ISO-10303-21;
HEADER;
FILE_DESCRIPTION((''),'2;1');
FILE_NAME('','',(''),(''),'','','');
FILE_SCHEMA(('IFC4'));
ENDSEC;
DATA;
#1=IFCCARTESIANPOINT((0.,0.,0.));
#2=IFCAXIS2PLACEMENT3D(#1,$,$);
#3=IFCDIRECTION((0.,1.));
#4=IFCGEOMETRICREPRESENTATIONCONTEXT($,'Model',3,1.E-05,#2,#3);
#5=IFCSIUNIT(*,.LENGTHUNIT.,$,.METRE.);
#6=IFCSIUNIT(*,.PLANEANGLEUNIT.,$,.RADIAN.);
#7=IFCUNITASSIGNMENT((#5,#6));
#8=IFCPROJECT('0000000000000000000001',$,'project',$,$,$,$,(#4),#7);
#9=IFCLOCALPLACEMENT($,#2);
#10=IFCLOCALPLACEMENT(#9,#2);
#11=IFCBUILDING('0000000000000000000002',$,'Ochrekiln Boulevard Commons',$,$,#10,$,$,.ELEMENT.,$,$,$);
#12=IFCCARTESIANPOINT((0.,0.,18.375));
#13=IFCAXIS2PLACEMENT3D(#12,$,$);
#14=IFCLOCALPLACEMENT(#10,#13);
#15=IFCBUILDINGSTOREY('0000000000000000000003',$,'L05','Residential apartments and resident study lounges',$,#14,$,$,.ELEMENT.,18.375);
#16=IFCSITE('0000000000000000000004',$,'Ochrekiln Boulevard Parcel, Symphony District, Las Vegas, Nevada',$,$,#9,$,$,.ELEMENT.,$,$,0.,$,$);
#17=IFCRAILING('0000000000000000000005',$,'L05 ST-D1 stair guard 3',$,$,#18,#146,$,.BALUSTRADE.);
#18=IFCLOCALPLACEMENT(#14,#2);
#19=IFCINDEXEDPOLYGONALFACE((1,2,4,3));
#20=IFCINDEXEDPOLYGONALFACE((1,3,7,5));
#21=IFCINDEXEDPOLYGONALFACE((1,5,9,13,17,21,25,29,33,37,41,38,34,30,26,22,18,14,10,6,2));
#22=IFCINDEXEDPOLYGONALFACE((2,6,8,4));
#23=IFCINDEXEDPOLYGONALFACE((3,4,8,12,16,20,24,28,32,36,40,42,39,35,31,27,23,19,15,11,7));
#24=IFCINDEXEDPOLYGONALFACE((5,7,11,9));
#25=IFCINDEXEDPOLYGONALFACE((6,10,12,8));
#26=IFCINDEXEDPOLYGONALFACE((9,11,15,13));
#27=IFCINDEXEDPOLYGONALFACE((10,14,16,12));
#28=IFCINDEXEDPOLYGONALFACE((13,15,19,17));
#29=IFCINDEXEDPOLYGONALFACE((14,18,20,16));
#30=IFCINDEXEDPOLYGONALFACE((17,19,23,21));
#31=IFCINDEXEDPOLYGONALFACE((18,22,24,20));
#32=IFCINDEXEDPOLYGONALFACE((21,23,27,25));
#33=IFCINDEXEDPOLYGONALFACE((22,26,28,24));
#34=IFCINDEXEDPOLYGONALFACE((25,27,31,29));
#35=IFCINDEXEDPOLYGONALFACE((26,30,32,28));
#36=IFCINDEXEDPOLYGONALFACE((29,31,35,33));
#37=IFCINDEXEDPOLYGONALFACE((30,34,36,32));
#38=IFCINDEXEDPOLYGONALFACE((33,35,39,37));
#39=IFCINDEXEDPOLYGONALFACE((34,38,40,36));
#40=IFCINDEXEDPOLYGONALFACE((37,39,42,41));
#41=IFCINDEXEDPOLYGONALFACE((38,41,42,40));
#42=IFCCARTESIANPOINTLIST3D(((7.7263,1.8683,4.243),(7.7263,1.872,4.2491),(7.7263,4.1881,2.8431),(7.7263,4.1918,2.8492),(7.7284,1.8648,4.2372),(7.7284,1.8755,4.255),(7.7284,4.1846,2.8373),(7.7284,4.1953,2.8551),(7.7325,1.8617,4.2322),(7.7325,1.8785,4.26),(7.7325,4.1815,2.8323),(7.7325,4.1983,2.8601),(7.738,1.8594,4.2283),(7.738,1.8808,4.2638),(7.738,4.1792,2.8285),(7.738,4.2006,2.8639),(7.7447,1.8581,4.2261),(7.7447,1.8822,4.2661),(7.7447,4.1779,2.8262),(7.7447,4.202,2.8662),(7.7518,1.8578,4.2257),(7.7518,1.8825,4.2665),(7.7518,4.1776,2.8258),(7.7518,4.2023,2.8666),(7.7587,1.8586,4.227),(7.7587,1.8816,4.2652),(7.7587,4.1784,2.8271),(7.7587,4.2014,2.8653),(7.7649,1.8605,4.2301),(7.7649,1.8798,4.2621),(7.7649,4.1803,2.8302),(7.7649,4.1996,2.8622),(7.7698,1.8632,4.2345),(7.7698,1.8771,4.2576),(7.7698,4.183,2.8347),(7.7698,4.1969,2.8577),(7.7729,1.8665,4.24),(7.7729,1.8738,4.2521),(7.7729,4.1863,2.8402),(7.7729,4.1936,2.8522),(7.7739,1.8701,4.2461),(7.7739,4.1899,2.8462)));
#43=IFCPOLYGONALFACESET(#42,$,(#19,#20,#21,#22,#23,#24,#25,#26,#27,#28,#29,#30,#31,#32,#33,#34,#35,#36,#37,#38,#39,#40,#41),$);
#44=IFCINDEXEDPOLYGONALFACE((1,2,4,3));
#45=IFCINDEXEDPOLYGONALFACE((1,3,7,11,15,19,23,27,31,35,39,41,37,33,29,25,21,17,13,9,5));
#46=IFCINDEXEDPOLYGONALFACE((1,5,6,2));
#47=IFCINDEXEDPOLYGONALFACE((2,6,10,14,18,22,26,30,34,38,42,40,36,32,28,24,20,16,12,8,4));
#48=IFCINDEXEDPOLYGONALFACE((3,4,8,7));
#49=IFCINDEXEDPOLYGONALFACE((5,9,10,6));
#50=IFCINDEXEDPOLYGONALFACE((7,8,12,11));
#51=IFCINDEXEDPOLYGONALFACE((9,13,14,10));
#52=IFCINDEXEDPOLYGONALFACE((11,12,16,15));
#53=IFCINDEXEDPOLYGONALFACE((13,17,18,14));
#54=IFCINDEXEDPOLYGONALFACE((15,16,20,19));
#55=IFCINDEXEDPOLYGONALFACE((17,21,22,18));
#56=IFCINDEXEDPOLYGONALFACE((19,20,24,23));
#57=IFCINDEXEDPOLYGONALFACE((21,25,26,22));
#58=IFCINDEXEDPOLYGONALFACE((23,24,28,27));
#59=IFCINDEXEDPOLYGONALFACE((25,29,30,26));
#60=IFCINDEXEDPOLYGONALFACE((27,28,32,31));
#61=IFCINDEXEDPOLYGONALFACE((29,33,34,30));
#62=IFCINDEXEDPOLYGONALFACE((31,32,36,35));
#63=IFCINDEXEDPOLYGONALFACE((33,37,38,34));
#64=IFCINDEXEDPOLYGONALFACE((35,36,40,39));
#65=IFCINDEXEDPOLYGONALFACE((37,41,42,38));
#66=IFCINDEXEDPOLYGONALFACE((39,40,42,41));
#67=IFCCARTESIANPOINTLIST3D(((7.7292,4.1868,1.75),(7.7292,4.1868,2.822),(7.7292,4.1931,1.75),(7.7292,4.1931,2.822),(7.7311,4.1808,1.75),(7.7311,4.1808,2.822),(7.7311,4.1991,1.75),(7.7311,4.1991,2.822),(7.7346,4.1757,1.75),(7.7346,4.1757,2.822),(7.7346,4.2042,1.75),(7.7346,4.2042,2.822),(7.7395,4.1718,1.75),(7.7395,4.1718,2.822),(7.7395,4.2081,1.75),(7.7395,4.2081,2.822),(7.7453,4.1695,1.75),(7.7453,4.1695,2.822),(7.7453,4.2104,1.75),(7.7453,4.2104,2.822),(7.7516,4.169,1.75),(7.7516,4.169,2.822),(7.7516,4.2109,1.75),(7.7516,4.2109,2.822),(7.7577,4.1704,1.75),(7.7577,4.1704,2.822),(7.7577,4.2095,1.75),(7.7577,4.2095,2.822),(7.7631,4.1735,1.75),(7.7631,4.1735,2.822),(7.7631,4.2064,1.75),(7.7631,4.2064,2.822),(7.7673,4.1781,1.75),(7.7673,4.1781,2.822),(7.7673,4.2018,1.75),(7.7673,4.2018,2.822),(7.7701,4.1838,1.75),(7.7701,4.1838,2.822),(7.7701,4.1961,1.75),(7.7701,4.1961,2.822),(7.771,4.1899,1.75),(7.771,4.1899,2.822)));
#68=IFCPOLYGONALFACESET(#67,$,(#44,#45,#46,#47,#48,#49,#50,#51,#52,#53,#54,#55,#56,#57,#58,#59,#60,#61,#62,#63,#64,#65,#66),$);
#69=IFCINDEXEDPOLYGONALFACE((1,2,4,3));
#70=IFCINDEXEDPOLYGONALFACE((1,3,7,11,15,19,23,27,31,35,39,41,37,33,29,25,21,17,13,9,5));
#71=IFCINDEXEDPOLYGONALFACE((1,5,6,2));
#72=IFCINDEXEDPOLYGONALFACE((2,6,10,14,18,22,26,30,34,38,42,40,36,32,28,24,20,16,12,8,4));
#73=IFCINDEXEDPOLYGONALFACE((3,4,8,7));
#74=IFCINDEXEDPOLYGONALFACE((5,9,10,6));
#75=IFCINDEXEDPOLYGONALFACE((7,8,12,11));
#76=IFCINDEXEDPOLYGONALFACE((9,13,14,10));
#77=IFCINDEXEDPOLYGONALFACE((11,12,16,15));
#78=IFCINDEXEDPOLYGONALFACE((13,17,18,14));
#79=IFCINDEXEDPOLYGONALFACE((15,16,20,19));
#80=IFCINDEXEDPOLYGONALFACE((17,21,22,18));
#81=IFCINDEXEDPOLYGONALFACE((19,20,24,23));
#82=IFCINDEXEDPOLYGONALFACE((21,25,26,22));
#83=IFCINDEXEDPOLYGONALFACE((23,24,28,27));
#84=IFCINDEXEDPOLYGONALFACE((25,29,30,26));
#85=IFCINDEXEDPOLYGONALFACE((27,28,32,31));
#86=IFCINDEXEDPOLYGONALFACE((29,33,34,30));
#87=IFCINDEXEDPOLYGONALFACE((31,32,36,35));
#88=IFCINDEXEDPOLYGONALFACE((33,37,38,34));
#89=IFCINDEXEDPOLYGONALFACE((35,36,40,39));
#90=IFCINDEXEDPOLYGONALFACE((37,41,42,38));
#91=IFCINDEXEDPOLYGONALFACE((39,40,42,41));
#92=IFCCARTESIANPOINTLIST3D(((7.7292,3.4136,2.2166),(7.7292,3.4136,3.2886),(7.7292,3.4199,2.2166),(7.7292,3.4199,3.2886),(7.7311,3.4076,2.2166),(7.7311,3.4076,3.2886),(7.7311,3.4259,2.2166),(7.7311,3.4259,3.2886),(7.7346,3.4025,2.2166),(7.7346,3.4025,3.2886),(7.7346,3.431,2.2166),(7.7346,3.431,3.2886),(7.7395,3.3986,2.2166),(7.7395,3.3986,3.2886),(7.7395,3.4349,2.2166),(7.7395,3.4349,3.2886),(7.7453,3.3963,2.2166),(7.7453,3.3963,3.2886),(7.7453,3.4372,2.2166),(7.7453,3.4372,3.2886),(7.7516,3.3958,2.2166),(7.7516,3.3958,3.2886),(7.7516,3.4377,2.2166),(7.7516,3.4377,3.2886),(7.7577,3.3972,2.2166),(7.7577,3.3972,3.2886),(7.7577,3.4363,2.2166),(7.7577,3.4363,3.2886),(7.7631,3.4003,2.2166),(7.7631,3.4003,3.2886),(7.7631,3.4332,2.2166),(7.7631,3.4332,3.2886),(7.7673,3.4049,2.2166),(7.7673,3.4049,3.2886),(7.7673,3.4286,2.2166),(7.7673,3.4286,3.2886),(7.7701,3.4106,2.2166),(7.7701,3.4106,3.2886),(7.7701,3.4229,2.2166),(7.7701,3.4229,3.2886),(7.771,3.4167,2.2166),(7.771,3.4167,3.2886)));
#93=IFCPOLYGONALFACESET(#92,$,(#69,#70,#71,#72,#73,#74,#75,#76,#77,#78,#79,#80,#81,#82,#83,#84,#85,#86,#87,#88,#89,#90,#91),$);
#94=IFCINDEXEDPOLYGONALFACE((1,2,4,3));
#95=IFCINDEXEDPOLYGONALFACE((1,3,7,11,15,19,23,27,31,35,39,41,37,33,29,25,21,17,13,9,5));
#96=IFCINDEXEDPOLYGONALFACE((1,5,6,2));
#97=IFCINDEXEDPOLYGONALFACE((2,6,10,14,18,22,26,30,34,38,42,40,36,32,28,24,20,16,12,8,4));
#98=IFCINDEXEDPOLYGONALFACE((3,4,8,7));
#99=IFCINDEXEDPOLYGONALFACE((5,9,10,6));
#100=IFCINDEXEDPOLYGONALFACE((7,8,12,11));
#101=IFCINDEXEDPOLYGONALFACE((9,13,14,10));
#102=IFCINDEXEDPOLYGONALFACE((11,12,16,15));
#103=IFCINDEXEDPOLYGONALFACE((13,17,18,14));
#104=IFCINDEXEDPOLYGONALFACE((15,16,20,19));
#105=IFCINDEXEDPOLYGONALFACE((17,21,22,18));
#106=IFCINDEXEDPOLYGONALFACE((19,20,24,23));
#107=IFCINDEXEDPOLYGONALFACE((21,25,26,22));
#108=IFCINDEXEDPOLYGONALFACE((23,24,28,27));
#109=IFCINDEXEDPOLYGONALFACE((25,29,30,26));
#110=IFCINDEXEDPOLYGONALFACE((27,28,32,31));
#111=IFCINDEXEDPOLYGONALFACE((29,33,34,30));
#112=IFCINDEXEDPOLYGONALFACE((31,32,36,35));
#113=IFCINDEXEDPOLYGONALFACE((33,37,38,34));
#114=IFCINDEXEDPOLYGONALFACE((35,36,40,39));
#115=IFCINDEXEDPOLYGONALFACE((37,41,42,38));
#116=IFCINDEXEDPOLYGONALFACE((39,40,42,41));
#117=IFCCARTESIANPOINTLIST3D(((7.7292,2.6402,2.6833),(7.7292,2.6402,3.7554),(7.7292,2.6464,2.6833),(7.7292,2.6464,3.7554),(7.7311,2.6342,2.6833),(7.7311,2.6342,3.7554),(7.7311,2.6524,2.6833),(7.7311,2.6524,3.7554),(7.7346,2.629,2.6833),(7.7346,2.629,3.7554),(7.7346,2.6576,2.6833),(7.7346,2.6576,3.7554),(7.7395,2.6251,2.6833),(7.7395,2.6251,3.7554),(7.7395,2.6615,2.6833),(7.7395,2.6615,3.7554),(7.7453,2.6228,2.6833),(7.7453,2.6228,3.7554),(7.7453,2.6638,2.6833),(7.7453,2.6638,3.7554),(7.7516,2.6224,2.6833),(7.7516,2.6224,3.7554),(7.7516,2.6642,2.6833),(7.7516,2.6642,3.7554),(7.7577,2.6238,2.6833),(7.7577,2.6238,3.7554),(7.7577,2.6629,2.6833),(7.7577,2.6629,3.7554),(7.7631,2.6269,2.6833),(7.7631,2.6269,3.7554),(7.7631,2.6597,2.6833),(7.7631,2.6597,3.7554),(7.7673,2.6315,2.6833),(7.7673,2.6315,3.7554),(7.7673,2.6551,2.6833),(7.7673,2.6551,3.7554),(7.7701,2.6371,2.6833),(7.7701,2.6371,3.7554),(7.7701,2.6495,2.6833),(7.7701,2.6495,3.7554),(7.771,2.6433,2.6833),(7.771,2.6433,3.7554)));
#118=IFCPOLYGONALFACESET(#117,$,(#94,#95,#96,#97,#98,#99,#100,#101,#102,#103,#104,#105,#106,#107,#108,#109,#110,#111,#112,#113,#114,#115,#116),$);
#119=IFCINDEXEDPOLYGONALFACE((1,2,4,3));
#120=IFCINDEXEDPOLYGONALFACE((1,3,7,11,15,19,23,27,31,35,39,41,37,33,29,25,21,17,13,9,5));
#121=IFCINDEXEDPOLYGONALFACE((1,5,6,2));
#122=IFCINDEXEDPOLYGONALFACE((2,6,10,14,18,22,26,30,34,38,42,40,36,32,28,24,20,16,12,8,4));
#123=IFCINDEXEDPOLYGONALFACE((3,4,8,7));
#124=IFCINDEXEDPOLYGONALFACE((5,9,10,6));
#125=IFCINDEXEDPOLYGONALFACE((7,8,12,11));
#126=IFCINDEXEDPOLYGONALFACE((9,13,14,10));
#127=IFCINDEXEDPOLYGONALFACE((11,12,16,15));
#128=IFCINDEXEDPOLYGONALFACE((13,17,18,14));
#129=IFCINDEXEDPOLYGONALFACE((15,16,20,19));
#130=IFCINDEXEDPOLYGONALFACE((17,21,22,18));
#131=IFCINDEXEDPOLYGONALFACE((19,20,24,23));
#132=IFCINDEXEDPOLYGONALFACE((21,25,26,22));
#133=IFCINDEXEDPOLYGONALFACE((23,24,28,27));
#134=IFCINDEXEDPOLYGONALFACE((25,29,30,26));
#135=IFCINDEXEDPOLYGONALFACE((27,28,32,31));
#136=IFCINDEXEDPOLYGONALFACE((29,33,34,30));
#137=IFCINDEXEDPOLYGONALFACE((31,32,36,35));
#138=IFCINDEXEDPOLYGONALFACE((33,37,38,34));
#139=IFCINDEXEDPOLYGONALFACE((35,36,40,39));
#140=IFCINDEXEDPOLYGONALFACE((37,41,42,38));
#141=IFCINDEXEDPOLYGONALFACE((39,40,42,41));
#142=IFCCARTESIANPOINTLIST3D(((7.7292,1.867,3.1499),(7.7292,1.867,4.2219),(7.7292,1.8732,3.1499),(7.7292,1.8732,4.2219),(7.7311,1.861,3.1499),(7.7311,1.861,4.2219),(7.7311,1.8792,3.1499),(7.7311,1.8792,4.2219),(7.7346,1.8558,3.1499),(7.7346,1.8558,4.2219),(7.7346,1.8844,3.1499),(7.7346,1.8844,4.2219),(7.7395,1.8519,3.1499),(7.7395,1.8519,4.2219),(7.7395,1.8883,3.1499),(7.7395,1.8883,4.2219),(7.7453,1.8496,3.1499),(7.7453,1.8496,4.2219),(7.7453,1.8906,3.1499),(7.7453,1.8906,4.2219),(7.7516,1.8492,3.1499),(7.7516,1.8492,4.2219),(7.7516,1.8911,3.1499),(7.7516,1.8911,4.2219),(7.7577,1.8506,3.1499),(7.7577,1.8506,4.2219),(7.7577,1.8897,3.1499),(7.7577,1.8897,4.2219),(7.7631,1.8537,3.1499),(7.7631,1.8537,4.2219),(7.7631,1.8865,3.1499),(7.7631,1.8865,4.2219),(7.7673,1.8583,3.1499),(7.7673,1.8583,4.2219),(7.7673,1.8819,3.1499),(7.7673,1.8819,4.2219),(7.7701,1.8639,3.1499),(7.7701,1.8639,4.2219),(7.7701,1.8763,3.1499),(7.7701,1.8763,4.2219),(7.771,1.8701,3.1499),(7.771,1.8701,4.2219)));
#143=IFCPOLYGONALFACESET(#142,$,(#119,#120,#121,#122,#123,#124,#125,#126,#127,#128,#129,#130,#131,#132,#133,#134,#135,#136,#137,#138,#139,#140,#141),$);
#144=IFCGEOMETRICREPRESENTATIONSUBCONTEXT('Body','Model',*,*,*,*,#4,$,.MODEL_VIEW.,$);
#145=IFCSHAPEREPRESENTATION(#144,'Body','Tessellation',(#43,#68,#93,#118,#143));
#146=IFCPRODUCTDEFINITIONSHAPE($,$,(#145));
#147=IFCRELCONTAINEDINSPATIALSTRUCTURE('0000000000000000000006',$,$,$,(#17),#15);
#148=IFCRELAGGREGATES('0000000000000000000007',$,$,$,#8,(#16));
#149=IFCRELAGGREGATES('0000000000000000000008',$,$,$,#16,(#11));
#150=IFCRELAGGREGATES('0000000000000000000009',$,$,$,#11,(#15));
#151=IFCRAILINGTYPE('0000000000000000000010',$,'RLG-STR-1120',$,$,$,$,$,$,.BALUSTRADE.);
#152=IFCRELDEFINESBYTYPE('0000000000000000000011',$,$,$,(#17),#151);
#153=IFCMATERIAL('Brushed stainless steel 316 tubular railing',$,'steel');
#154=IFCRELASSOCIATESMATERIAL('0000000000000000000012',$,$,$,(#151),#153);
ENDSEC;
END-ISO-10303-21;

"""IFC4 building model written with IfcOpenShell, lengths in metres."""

from ifc_helpers import new_model, si_unit, direction, frame, origin, origin_2d, place, context, subcontext, project, spatial, circle, extrude, material, type_object, element, save


model = new_model("IFC4")

# Units and contexts
model_context = context("Model", 3, precision=1e-05, world=origin(), true_north=direction((0.0, 1.0)))
body_context = subcontext(model_context, "Body", "Model", "MODEL_VIEW")
ifc_project = project(units=[si_unit("LENGTHUNIT", "METRE"), si_unit("PLANEANGLEUNIT", "RADIAN")], contexts=[model_context])

# Site, building, storey
site_placement = place(None, origin())
site = spatial("IfcSite", under=ifc_project, at=site_placement, Name="Ochrekiln Boulevard Parcel, Symphony District, Las Vegas, Nevada", CompositionType="ELEMENT", RefElevation=0.0)
building_placement = place(site_placement, origin())
building = spatial("IfcBuilding", under=site, at=building_placement, Name="Ochrekiln Boulevard Commons", CompositionType="ELEMENT")
storey_placement = place(building_placement, frame((0.0, 0.0, 18.375)))
storey = spatial("IfcBuildingStorey", under=building, at=storey_placement, Name="L05", Description="Residential apartments and resident study lounges", CompositionType="ELEMENT", Elevation=18.375)

# Railing
ifc_material_1 = material(Name="Brushed stainless steel 316 tubular railing", Category="steel")
railing_type_1 = type_object("IfcRailingType", Name="RLG-STR-1120", PredefinedType="BALUSTRADE", material=ifc_material_1)
railing_1_placement = place(storey_placement, frame((7.75, 4.1899, 1.75)))
element("IfcRailing", 1, at=railing_1_placement, inside=storey, type_object=railing_type_1, Name="L05 ST-D1 stair guard 3", PredefinedType="BALUSTRADE", context=body_context, shape_type="SweptSolid", body=[
    extrude(circle(Radius=0.0239, at=origin_2d()), frame((0.0, 0.0, 1.0962), z_axis=(0.0, -0.856186, 0.516667), x_axis=(1.0, 0.0, 0.0)), (0.0, 0.0, 1.0), 2.7095),
    extrude(circle(Radius=0.021, at=origin_2d()), origin(), (0.0, 0.0, 1.0), 1.072),
    extrude(circle(Radius=0.021, at=origin_2d()), frame((0.0, -0.7732, 0.4666)), (0.0, 0.0, 1.0), 1.072),
    extrude(circle(Radius=0.021, at=origin_2d()), frame((0.0, -1.5466, 0.9333)), (0.0, 0.0, 1.0), 1.072),
    extrude(circle(Radius=0.021, at=origin_2d()), frame((0.0, -2.3198, 1.3999)), (0.0, 0.0, 1.0), 1.072),
])

save(model, "model.ifc")
